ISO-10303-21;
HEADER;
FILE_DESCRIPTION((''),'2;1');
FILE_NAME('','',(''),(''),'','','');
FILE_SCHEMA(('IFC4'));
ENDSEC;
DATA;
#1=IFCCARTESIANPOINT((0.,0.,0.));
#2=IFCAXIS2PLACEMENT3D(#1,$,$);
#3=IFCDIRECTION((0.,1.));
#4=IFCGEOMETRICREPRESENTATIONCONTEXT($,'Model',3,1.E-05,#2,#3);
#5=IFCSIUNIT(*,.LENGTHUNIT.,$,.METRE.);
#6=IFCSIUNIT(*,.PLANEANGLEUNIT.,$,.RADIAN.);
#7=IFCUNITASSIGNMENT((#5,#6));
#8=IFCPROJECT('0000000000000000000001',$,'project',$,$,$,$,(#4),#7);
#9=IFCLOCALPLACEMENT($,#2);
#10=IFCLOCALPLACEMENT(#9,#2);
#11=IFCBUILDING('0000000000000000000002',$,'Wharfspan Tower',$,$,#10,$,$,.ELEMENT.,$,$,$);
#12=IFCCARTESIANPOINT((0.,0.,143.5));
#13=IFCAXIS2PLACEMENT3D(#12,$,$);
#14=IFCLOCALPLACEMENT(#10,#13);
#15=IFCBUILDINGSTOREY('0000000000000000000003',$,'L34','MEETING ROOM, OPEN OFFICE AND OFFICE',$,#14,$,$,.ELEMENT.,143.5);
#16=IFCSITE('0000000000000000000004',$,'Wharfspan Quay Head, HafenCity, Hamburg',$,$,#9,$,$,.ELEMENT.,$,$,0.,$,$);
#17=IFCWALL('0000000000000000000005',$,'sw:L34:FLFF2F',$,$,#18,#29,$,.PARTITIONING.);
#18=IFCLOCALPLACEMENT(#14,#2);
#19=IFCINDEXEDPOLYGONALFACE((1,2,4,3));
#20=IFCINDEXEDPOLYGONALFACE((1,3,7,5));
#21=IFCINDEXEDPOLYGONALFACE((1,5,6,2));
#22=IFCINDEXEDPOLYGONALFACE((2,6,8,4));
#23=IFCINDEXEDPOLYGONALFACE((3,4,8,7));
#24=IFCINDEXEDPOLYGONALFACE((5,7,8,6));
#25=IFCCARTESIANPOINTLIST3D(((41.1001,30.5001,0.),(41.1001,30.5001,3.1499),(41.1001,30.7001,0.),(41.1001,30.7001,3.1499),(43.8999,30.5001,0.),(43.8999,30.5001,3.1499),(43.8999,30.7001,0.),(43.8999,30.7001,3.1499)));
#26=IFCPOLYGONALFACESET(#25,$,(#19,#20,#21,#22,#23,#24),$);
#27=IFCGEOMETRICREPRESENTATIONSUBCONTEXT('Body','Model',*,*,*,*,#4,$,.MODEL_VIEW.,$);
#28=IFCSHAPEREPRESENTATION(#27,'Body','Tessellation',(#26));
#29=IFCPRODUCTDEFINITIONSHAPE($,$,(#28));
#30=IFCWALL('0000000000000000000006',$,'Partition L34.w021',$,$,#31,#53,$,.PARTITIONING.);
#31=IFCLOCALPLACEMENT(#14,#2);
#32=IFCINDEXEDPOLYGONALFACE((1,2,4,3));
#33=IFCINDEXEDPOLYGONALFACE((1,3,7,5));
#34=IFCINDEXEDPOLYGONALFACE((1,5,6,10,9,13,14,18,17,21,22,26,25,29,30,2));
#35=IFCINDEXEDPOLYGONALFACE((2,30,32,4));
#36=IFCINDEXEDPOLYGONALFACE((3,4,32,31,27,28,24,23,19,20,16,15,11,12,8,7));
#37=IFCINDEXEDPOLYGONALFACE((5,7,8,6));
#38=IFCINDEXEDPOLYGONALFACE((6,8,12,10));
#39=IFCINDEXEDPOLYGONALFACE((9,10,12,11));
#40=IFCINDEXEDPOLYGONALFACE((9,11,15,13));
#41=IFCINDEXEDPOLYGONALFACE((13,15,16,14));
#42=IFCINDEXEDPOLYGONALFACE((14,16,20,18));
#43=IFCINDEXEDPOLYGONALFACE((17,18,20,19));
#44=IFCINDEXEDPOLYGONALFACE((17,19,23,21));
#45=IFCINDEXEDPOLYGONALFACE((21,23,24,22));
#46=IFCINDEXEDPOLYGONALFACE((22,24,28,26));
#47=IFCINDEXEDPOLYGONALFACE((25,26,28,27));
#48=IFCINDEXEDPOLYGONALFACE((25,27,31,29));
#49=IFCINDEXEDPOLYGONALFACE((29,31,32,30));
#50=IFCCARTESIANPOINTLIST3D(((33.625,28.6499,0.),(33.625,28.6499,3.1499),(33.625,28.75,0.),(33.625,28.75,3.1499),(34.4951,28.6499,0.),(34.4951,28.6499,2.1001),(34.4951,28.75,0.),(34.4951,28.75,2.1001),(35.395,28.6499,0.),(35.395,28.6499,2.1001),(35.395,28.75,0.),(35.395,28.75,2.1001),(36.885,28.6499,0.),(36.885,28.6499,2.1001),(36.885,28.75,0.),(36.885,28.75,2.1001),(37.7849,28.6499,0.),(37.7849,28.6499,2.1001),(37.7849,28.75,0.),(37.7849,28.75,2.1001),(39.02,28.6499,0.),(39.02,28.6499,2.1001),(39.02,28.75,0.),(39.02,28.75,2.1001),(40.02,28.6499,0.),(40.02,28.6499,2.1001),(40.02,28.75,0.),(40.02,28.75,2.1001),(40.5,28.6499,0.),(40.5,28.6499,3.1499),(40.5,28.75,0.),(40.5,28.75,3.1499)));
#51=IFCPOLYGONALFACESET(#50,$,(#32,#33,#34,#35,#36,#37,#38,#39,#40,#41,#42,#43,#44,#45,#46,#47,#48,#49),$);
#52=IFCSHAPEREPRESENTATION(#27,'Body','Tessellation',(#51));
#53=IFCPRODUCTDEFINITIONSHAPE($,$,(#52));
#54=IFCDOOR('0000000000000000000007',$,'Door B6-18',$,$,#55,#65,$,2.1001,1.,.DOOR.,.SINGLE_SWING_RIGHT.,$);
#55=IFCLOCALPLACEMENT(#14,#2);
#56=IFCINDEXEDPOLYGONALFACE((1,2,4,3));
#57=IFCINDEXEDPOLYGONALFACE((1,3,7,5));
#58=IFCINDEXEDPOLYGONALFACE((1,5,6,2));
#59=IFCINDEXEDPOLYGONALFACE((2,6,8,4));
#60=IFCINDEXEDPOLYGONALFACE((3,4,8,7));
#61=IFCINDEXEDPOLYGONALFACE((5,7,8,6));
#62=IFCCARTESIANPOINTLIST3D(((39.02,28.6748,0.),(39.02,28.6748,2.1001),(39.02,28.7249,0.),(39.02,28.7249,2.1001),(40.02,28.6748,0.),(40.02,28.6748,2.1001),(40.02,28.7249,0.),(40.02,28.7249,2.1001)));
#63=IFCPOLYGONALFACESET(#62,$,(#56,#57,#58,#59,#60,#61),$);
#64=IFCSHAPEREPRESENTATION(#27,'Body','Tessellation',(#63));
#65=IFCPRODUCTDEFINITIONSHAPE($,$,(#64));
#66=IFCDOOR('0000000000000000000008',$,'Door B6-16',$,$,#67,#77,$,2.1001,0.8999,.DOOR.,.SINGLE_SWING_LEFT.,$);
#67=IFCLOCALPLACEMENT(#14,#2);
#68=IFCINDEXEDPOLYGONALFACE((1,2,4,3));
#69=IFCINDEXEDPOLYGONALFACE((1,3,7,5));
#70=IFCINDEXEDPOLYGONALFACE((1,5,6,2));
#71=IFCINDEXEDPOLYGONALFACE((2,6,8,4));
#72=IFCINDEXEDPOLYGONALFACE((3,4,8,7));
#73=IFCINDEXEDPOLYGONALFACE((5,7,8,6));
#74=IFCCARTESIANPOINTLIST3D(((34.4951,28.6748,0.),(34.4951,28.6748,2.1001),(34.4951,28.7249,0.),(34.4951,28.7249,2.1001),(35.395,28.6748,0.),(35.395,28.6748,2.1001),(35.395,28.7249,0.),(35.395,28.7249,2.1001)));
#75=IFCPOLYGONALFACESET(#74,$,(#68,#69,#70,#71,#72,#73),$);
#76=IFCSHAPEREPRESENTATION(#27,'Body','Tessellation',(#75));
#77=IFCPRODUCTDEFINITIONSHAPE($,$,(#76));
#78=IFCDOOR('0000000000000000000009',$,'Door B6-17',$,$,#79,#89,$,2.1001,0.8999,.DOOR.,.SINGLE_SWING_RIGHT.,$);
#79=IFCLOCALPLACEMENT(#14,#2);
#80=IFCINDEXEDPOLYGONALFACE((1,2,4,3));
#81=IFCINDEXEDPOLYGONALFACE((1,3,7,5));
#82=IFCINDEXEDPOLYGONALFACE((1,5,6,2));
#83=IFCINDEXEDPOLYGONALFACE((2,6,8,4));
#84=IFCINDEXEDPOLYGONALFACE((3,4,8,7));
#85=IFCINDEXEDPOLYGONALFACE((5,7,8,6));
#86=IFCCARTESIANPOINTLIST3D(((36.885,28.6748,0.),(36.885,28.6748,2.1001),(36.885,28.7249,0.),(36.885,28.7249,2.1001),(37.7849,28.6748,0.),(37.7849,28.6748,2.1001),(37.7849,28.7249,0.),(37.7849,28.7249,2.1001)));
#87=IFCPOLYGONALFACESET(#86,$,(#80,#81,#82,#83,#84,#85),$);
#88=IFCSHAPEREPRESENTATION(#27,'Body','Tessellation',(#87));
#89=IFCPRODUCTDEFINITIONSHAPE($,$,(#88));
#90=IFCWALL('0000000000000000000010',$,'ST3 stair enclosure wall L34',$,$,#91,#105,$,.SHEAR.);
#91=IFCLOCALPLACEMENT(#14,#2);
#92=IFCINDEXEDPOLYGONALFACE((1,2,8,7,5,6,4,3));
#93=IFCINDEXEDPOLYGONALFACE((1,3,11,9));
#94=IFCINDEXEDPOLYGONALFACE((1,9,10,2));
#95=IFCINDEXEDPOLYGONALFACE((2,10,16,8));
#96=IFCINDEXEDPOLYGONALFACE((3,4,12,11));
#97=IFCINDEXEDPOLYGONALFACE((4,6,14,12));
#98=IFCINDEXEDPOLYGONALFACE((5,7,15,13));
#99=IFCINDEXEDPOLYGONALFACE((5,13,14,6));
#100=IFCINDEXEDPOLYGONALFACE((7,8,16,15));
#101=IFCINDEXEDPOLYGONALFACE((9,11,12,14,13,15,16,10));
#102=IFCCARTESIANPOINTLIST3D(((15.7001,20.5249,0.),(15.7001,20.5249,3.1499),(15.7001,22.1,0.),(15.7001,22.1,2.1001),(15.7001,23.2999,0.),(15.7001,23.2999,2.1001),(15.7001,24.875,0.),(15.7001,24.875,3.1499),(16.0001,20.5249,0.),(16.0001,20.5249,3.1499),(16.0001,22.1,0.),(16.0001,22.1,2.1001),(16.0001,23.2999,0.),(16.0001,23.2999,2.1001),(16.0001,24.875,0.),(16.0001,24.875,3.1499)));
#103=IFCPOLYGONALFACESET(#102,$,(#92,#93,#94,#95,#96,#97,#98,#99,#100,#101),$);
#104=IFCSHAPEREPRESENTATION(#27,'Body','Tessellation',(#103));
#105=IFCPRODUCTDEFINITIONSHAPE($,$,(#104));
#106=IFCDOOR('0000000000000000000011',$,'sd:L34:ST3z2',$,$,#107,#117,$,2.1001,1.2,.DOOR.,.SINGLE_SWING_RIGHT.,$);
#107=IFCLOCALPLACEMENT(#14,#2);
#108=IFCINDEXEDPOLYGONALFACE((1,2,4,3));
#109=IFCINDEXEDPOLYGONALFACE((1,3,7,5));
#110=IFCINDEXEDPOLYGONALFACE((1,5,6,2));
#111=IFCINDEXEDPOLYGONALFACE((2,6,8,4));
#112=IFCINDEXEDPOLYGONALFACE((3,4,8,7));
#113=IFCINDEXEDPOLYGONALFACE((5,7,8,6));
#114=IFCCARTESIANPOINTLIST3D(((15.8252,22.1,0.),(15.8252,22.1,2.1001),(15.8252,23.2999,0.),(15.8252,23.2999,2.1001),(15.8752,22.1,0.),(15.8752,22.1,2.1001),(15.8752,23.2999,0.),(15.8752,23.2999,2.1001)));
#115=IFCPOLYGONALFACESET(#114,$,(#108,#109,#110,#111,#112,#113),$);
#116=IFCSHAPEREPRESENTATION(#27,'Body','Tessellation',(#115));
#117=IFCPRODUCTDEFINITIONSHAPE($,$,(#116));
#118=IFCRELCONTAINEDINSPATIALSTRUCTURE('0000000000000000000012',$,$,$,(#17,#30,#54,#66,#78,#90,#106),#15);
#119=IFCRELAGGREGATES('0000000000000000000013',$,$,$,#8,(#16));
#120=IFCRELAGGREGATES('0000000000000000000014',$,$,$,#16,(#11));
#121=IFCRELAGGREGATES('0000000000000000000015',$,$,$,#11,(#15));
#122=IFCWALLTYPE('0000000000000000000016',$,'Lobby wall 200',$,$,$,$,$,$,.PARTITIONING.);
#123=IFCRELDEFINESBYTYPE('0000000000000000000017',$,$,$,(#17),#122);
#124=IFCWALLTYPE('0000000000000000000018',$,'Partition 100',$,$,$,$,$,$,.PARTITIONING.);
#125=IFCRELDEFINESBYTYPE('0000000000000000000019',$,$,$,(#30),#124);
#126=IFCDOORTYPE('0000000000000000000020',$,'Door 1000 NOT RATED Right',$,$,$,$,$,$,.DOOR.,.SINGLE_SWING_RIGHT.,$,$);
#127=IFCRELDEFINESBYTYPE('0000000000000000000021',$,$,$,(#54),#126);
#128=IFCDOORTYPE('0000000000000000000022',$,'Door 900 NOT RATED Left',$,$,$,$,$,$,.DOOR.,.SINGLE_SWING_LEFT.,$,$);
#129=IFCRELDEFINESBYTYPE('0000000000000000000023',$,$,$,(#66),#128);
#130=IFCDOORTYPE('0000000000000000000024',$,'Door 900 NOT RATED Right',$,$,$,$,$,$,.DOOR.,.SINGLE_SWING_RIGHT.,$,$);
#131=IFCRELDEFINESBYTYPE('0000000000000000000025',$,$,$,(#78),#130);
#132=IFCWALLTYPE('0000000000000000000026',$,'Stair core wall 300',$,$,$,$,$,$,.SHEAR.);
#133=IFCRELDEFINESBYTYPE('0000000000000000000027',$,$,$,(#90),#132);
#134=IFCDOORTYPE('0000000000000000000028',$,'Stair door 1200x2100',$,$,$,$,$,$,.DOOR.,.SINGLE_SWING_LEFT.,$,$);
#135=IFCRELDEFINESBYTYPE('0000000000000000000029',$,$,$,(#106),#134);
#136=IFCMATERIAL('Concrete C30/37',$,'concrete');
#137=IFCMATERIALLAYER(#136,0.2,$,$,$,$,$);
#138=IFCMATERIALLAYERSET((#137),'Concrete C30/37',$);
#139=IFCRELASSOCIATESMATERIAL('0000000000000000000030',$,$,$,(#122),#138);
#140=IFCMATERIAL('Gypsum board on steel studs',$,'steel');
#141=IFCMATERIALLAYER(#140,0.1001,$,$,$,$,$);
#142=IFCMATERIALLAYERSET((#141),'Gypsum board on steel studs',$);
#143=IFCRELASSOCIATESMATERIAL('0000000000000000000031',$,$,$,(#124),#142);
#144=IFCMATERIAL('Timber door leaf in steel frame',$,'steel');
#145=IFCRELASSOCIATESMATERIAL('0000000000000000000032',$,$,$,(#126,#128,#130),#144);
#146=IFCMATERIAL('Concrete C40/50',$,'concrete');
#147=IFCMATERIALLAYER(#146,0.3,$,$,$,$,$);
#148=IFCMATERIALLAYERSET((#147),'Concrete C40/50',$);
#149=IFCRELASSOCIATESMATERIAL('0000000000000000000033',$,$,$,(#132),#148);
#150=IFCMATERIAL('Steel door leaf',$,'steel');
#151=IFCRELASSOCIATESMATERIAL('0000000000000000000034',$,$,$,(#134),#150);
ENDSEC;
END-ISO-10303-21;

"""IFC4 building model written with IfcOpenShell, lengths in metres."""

from ifc_helpers import new_model, si_unit, direction, frame, frame_2d, origin, place, context, subcontext, project, spatial, rectangle, extrude, material, layer, layer_set, type_object, element, fill, save


model = new_model("IFC4")

# Units and contexts
model_context = context("Model", 3, precision=1e-05, world=origin(), true_north=direction((0.0, 1.0)))
body_context = subcontext(model_context, "Body", "Model", "MODEL_VIEW")
ifc_project = project(units=[si_unit("LENGTHUNIT", "METRE"), si_unit("PLANEANGLEUNIT", "RADIAN")], contexts=[model_context])

# Site, building, storey
site_placement = place(None, origin())
site = spatial("IfcSite", under=ifc_project, at=site_placement, Name="Wharfspan Quay Head, HafenCity, Hamburg", CompositionType="ELEMENT", RefElevation=0.0)
building_placement = place(site_placement, origin())
building = spatial("IfcBuilding", under=site, at=building_placement, Name="Wharfspan Tower", CompositionType="ELEMENT")
storey_placement = place(building_placement, frame((0.0, 0.0, 143.5)))
storey = spatial("IfcBuildingStorey", under=building, at=storey_placement, Name="L34", Description="MEETING ROOM, OPEN OFFICE AND OFFICE", CompositionType="ELEMENT", Elevation=143.5)

# Shared definitions
ifc_material_1 = material(Name="Gypsum board on steel studs", Category="steel")

# Shared definitions
ifc_material_2 = material(Name="Concrete C30/37", Category="concrete")
ifc_layer_1 = layer(ifc_material_2, 0.2)
ifc_layer_set_1 = layer_set([ifc_layer_1], Name="Concrete C30/37")
wall_type_1 = type_object("IfcWallType", Name="Lobby wall 200", PredefinedType="PARTITIONING", material=ifc_layer_set_1)
ifc_material_3 = material(Name="Steel door leaf", Category="steel")

# Wall
wall_1_placement = place(storey_placement, frame((41.1001, 30.6001, 0.0), z_axis=(0.0, 0.0, 1.0), x_axis=(1.0, 0.0, 0.0)))
element("IfcWall", 1, at=wall_1_placement, inside=storey, type_object=wall_type_1, Name="sw:L34:FLFF2F", PredefinedType="PARTITIONING", context=body_context, shape_type="SweptSolid", body=[
    extrude(rectangle(XDim=2.7998, YDim=0.2, at=frame_2d((1.3999, 0.0))), origin(), (0.0, 0.0, 1.0), 3.1499),
])

# Wall, openings, doors
ifc_layer_2 = layer(ifc_material_1, 0.1001)
ifc_layer_set_2 = layer_set([ifc_layer_2], Name="Gypsum board on steel studs")
wall_type_2 = type_object("IfcWallType", Name="Partition 100", PredefinedType="PARTITIONING", material=ifc_layer_set_2)
wall_2_placement = place(storey_placement, frame((33.625, 28.7, 0.0), z_axis=(0.0, 0.0, 1.0), x_axis=(1.0, 0.0, 0.0)))
wall_2 = element("IfcWall", 2, at=wall_2_placement, inside=storey, type_object=wall_type_2, Name="Partition L34.w021", PredefinedType="PARTITIONING", context=body_context, shape_type="SweptSolid", body=[
    extrude(rectangle(XDim=6.875, YDim=0.1001, at=frame_2d((3.4375, 0.0))), origin(), (0.0, 0.0, 1.0), 3.1499),
])
opening_1_placement = place(wall_2_placement, frame((0.8701, 0.0, 0.0)))
opening_1 = element("IfcOpeningElement", 3, at=opening_1_placement, cuts=wall_2, PredefinedType="OPENING", context=body_context, shape_type="SweptSolid", body=[
    extrude(rectangle(XDim=0.8999, YDim=2.1001, at=frame_2d((0.45, 1.05))), frame((0.0, 0.0601, 0.0), z_axis=(0.0, -1.0, 0.0), x_axis=(1.0, 0.0, 0.0)), (0.0, 0.0, 1.0), 0.1201),
])
opening_2_placement = place(wall_2_placement, frame((3.26, 0.0, 0.0)))
opening_2 = element("IfcOpeningElement", 4, at=opening_2_placement, cuts=wall_2, PredefinedType="OPENING", context=body_context, shape_type="SweptSolid", body=[
    extrude(rectangle(XDim=0.8999, YDim=2.1001, at=frame_2d((0.45, 1.05))), frame((0.0, 0.0601, 0.0), z_axis=(0.0, -1.0, 0.0), x_axis=(1.0, 0.0, 0.0)), (0.0, 0.0, 1.0), 0.1201),
])
opening_3_placement = place(wall_2_placement, frame((5.395, 0.0, 0.0)))
opening_3 = element("IfcOpeningElement", 5, at=opening_3_placement, cuts=wall_2, PredefinedType="OPENING", context=body_context, shape_type="SweptSolid", body=[
    extrude(rectangle(XDim=1.0, YDim=2.1001, at=frame_2d((0.5, 1.05))), frame((0.0, 0.0601, 0.0), z_axis=(0.0, -1.0, 0.0), x_axis=(1.0, 0.0, 0.0)), (0.0, 0.0, 1.0), 0.1201),
])
ifc_material_4 = material(Name="Timber door leaf in steel frame", Category="steel")
door_type_1 = type_object("IfcDoorType", Name="Door 1000 NOT RATED Right", OperationType="SINGLE_SWING_RIGHT", PredefinedType="DOOR", material=ifc_material_4)
door_1_placement = place(opening_3_placement, origin())
door_1 = element("IfcDoor", 6, at=door_1_placement, inside=storey, type_object=door_type_1, Name="Door B6-18", OperationType="SINGLE_SWING_RIGHT", OverallHeight=2.1001, OverallWidth=1.0, PredefinedType="DOOR", context=body_context, shape_type="SweptSolid", body=[
    extrude(rectangle(XDim=1.0, YDim=2.1001, at=frame_2d((0.5, 1.05))), frame((0.0, 0.0249, 0.0), z_axis=(0.0, -1.0, 0.0), x_axis=(1.0, 0.0, 0.0)), (0.0, 0.0, 1.0), 0.05),
])
fill(opening_3, door_1)
door_type_2 = type_object("IfcDoorType", Name="Door 900 NOT RATED Left", OperationType="SINGLE_SWING_LEFT", PredefinedType="DOOR", material=ifc_material_4)
door_2_placement = place(opening_1_placement, origin())
door_2 = element("IfcDoor", 7, at=door_2_placement, inside=storey, type_object=door_type_2, Name="Door B6-16", OperationType="SINGLE_SWING_LEFT", OverallHeight=2.1001, OverallWidth=0.8999, PredefinedType="DOOR", context=body_context, shape_type="SweptSolid", body=[
    extrude(rectangle(XDim=0.8999, YDim=2.1001, at=frame_2d((0.45, 1.05))), frame((0.0, 0.0249, 0.0), z_axis=(0.0, -1.0, 0.0), x_axis=(1.0, 0.0, 0.0)), (0.0, 0.0, 1.0), 0.05),
])
fill(opening_1, door_2)
door_type_3 = type_object("IfcDoorType", Name="Door 900 NOT RATED Right", OperationType="SINGLE_SWING_RIGHT", PredefinedType="DOOR", material=ifc_material_4)
door_3_placement = place(opening_2_placement, origin())
door_3 = element("IfcDoor", 8, at=door_3_placement, inside=storey, type_object=door_type_3, Name="Door B6-17", OperationType="SINGLE_SWING_RIGHT", OverallHeight=2.1001, OverallWidth=0.8999, PredefinedType="DOOR", context=body_context, shape_type="SweptSolid", body=[
    extrude(rectangle(XDim=0.8999, YDim=2.1001, at=frame_2d((0.45, 1.05))), frame((0.0, 0.0249, 0.0), z_axis=(0.0, -1.0, 0.0), x_axis=(1.0, 0.0, 0.0)), (0.0, 0.0, 1.0), 0.05),
])
fill(opening_2, door_3)

# Wall, opening, door
ifc_material_5 = material(Name="Concrete C40/50", Category="concrete")
ifc_layer_3 = layer(ifc_material_5, 0.3)
ifc_layer_set_3 = layer_set([ifc_layer_3], Name="Concrete C40/50")
wall_type_3 = type_object("IfcWallType", Name="Stair core wall 300", PredefinedType="SHEAR", material=ifc_layer_set_3)
wall_3_placement = place(storey_placement, frame((15.8501, 20.5249, 0.0), z_axis=(0.0, 0.0, 1.0), x_axis=(0.0, 1.0, 0.0)))
wall_3 = element("IfcWall", 9, at=wall_3_placement, inside=storey, type_object=wall_type_3, Name="ST3 stair enclosure wall L34", PredefinedType="SHEAR", context=body_context, shape_type="SweptSolid", body=[
    extrude(rectangle(XDim=4.3501, YDim=0.3, at=frame_2d((2.175, 0.0))), origin(), (0.0, 0.0, 1.0), 3.1499),
])
opening_4_placement = place(wall_3_placement, frame((1.575, 0.0, 0.0)))
opening_4 = element("IfcOpeningElement", 10, at=opening_4_placement, cuts=wall_3, PredefinedType="OPENING", context=body_context, shape_type="SweptSolid", body=[
    extrude(rectangle(XDim=1.2, YDim=2.1001, at=frame_2d((0.6001, 1.05))), frame((0.0, 0.1599, 0.0), z_axis=(0.0, -1.0, 0.0), x_axis=(1.0, 0.0, 0.0)), (0.0, 0.0, 1.0), 0.3201),
])
door_type_4 = type_object("IfcDoorType", Name="Stair door 1200x2100", OperationType="SINGLE_SWING_LEFT", PredefinedType="DOOR", material=ifc_material_3)
door_4_placement = place(opening_4_placement, origin())
door_4 = element("IfcDoor", 11, at=door_4_placement, inside=storey, type_object=door_type_4, Name="sd:L34:ST3z2", OperationType="SINGLE_SWING_RIGHT", OverallHeight=2.1001, OverallWidth=1.2, PredefinedType="DOOR", context=body_context, shape_type="SweptSolid", body=[
    extrude(rectangle(XDim=1.2, YDim=2.1001, at=frame_2d((0.6001, 1.05))), frame((0.0, 0.0249, 0.0), z_axis=(0.0, -1.0, 0.0), x_axis=(1.0, 0.0, 0.0)), (0.0, 0.0, 1.0), 0.05),
])
fill(opening_4, door_4)

save(model, "model.ifc")
